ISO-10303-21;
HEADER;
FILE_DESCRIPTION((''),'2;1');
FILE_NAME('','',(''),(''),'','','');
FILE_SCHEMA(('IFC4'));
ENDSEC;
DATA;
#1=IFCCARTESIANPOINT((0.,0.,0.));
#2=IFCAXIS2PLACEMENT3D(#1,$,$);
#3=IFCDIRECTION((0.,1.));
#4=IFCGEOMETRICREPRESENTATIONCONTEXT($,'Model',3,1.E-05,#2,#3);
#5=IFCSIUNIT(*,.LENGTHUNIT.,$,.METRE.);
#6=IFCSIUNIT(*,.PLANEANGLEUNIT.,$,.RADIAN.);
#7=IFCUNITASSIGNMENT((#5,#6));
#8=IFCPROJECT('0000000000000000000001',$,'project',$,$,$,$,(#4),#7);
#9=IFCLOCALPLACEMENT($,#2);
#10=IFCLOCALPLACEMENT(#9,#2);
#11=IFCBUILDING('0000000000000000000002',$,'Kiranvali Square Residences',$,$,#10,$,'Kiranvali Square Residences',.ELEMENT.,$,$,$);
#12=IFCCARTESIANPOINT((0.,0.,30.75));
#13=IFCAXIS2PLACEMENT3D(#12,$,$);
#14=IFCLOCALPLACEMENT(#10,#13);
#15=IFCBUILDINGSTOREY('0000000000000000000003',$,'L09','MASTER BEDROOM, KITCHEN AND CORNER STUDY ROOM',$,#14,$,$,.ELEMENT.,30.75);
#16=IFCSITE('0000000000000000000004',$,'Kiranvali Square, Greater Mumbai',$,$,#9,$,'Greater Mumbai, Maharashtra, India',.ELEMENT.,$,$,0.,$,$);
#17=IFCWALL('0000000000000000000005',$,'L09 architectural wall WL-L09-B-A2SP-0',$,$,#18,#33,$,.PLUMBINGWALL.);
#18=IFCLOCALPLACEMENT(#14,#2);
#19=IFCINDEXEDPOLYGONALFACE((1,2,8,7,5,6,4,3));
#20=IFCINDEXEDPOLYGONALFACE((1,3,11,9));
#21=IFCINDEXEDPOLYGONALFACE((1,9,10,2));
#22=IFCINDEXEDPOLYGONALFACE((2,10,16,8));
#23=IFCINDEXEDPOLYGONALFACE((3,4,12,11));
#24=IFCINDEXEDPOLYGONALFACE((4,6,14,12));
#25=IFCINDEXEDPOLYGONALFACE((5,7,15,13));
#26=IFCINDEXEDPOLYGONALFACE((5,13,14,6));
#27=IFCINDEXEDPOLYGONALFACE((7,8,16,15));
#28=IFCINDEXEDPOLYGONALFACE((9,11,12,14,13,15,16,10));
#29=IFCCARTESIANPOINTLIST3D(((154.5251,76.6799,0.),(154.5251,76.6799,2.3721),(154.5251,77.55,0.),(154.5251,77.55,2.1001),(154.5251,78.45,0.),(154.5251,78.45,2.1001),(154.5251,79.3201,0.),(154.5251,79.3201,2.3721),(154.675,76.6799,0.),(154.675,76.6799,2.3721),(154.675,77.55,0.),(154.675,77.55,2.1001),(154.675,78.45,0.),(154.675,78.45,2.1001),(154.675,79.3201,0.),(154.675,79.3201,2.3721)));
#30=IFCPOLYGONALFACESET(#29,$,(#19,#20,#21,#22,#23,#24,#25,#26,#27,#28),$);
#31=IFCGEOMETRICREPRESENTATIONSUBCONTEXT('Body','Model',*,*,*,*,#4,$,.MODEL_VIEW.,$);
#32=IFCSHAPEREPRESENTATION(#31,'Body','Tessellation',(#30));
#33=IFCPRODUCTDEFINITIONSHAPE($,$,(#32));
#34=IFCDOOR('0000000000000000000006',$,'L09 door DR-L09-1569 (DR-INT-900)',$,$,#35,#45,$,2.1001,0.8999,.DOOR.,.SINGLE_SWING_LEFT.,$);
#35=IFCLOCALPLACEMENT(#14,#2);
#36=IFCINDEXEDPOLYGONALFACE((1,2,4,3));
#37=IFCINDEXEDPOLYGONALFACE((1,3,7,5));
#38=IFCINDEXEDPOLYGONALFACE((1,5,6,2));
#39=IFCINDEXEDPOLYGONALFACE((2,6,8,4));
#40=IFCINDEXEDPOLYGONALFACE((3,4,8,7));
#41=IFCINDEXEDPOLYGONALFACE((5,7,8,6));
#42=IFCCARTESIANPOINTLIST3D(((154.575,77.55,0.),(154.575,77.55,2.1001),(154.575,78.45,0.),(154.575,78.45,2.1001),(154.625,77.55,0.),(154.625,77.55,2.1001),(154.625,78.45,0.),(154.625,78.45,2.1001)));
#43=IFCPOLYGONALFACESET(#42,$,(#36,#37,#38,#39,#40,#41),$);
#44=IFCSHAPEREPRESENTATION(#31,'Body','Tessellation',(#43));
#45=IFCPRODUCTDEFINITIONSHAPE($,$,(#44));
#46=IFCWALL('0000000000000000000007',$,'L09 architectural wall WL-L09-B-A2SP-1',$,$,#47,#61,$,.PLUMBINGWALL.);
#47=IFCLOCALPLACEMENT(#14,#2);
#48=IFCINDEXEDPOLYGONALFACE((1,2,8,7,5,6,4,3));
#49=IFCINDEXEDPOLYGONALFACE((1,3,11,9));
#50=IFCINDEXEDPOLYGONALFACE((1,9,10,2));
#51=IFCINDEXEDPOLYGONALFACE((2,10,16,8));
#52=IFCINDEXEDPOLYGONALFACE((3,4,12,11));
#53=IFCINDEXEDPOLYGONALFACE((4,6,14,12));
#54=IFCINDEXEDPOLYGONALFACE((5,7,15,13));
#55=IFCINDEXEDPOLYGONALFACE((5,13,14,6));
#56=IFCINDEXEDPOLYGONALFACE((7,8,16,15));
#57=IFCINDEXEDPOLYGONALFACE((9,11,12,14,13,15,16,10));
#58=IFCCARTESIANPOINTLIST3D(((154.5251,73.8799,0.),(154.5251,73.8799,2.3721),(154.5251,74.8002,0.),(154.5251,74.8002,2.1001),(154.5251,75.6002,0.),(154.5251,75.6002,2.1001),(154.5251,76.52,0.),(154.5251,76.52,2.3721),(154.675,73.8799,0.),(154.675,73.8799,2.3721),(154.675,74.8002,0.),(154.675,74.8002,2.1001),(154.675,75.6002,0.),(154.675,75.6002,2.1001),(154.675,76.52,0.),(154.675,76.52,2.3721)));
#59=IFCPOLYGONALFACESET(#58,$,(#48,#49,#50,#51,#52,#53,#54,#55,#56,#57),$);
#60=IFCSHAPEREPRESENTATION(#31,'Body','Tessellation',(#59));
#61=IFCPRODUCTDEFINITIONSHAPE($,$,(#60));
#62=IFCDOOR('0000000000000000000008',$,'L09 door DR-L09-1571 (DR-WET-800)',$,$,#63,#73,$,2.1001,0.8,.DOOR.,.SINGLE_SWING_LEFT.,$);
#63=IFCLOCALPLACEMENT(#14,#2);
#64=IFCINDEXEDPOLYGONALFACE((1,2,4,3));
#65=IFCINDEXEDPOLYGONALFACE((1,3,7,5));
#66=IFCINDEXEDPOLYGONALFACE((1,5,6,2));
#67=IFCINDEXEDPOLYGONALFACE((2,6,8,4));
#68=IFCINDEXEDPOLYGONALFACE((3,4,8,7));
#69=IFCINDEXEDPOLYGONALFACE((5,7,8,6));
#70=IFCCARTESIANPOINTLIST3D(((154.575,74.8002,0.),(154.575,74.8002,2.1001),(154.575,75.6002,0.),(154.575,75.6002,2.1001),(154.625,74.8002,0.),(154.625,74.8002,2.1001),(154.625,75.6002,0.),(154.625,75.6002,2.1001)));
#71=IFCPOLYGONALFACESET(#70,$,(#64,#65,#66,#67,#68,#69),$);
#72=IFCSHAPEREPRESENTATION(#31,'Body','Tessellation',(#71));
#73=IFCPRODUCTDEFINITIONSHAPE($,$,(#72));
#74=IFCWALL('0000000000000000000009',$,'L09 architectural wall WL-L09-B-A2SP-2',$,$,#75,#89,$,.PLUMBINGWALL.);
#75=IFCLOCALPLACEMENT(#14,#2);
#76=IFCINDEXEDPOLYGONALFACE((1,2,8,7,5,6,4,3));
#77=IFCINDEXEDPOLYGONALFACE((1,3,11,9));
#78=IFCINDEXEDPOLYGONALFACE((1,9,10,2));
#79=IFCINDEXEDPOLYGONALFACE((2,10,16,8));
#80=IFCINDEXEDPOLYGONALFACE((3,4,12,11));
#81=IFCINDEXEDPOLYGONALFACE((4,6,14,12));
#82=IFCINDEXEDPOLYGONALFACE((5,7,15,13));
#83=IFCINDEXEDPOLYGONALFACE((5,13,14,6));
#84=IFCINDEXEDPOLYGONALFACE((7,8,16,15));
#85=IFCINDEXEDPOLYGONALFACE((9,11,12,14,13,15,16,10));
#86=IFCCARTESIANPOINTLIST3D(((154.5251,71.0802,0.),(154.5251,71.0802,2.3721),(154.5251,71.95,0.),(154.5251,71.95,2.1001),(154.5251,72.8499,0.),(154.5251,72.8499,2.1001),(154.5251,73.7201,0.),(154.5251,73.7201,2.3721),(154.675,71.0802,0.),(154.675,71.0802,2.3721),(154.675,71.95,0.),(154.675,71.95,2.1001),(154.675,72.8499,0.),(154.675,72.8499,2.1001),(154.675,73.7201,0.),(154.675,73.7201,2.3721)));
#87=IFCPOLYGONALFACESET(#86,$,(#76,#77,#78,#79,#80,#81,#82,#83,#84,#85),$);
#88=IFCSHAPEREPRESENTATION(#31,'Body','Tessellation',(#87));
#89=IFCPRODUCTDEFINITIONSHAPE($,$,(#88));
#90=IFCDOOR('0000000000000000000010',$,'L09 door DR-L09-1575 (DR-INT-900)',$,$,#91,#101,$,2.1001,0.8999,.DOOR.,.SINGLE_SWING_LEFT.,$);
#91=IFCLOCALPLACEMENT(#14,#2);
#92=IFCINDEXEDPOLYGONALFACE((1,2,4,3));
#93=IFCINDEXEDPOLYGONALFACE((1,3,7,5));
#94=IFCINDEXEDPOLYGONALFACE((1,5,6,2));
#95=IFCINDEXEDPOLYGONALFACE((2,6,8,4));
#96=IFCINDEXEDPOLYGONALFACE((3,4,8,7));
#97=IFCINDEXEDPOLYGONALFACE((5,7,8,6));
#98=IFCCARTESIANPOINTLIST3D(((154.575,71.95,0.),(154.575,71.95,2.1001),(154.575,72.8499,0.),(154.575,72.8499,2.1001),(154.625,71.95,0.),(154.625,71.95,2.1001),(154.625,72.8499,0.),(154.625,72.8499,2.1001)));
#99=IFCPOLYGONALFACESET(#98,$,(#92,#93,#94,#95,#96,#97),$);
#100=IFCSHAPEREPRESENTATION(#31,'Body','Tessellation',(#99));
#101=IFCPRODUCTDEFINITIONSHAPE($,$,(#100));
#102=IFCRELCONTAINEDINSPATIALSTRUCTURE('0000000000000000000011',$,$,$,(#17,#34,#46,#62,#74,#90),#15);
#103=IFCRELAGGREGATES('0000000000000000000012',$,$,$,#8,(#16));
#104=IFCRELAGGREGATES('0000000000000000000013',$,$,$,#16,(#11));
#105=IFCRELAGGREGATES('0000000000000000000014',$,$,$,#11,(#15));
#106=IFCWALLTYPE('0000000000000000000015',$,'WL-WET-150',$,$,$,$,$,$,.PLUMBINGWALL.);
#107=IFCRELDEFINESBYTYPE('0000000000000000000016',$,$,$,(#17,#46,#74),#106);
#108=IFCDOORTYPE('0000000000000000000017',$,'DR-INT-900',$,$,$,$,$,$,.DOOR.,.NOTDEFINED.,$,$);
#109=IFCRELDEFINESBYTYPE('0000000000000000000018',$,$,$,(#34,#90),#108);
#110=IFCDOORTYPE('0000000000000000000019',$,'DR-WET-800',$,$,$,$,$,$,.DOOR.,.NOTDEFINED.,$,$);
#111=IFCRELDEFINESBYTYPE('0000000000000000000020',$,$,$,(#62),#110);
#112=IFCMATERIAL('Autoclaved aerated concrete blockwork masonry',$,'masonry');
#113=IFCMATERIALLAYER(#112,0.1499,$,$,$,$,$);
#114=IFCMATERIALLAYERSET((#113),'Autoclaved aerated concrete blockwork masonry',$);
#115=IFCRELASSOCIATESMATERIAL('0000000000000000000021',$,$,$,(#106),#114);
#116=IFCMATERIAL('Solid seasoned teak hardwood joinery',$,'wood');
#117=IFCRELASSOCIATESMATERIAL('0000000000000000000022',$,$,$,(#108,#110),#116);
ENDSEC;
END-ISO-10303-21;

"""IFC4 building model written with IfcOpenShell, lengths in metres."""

from ifc_helpers import new_model, si_unit, direction, frame, frame_2d, origin, place, context, subcontext, project, spatial, rectangle, extrude, material, layer, layer_set, type_object, element, fill, save


model = new_model("IFC4")

# Units and contexts
model_context = context("Model", 3, precision=1e-05, world=origin(), true_north=direction((0.0, 1.0)))
body_context = subcontext(model_context, "Body", "Model", "MODEL_VIEW")
ifc_project = project(units=[si_unit("LENGTHUNIT", "METRE"), si_unit("PLANEANGLEUNIT", "RADIAN")], contexts=[model_context])

# Site, building, storey
site_placement = place(None, origin())
site = spatial("IfcSite", under=ifc_project, at=site_placement, Name="Kiranvali Square, Greater Mumbai", LongName="Greater Mumbai, Maharashtra, India", CompositionType="ELEMENT", RefElevation=0.0)
building_placement = place(site_placement, origin())
building = spatial("IfcBuilding", under=site, at=building_placement, Name="Kiranvali Square Residences", LongName="Kiranvali Square Residences", CompositionType="ELEMENT")
storey_placement = place(building_placement, frame((0.0, 0.0, 30.75)))
storey = spatial("IfcBuildingStorey", under=building, at=storey_placement, Name="L09", Description="MASTER BEDROOM, KITCHEN AND CORNER STUDY ROOM", CompositionType="ELEMENT", Elevation=30.75)

# Walls, openings, doors
ifc_material_1 = material(Name="Autoclaved aerated concrete blockwork masonry", Category="masonry")
ifc_layer_1 = layer(ifc_material_1, 0.1499)
ifc_layer_set_1 = layer_set([ifc_layer_1], Name="Autoclaved aerated concrete blockwork masonry")
wall_type_1 = type_object("IfcWallType", Name="WL-WET-150", PredefinedType="PLUMBINGWALL", material=ifc_layer_set_1)
wall_1_placement = place(storey_placement, frame((154.6001, 79.3201, 0.0), z_axis=(0.0, 0.0, 1.0), x_axis=(0.0, -1.0, 0.0)))
wall_1 = element("IfcWall", 1, at=wall_1_placement, inside=storey, type_object=wall_type_1, Name="L09 architectural wall WL-L09-B-A2SP-0", PredefinedType="PLUMBINGWALL", context=body_context, shape_type="SweptSolid", body=[
    extrude(rectangle(XDim=2.6401, YDim=0.1499, at=frame_2d((1.3201, 0.0))), origin(), (0.0, 0.0, 1.0), 2.3721),
])
opening_1_placement = place(wall_1_placement, frame((0.8701, 0.0, 0.0)))
opening_1 = element("IfcOpeningElement", 2, at=opening_1_placement, cuts=wall_1, PredefinedType="OPENING", context=body_context, shape_type="SweptSolid", body=[
    extrude(rectangle(XDim=0.8999, YDim=2.1001, at=frame_2d((0.45, 1.05))), frame((0.0, 0.085, 0.0), z_axis=(0.0, -1.0, 0.0), x_axis=(1.0, 0.0, 0.0)), (0.0, 0.0, 1.0), 0.1699),
])
ifc_material_2 = material(Name="Solid seasoned teak hardwood joinery", Category="wood")
door_type_1 = type_object("IfcDoorType", Name="DR-INT-900", OperationType="NOTDEFINED", PredefinedType="DOOR", material=ifc_material_2)
door_1_placement = place(opening_1_placement, origin())
door_1 = element("IfcDoor", 3, at=door_1_placement, inside=storey, type_object=door_type_1, Name="L09 door DR-L09-1569 (DR-INT-900)", OperationType="SINGLE_SWING_LEFT", OverallHeight=2.1001, OverallWidth=0.8999, PredefinedType="DOOR", context=body_context, shape_type="SweptSolid", body=[
    extrude(rectangle(XDim=0.8999, YDim=2.1001, at=frame_2d((0.45, 1.05))), frame((0.0, 0.0249, 0.0), z_axis=(0.0, -1.0, 0.0), x_axis=(1.0, 0.0, 0.0)), (0.0, 0.0, 1.0), 0.05),
])
fill(opening_1, door_1)
wall_2_placement = place(storey_placement, frame((154.6001, 76.52, 0.0), z_axis=(0.0, 0.0, 1.0), x_axis=(0.0, -1.0, 0.0)))
wall_2 = element("IfcWall", 4, at=wall_2_placement, inside=storey, type_object=wall_type_1, Name="L09 architectural wall WL-L09-B-A2SP-1", PredefinedType="PLUMBINGWALL", context=body_context, shape_type="SweptSolid", body=[
    extrude(rectangle(XDim=2.6401, YDim=0.1499, at=frame_2d((1.3201, 0.0))), origin(), (0.0, 0.0, 1.0), 2.3721),
])
opening_2_placement = place(wall_2_placement, frame((0.9199, 0.0, 0.0)))
opening_2 = element("IfcOpeningElement", 5, at=opening_2_placement, cuts=wall_2, PredefinedType="OPENING", context=body_context, shape_type="SweptSolid", body=[
    extrude(rectangle(XDim=0.8, YDim=2.1001, at=frame_2d((0.3999, 1.05))), frame((0.0, 0.085, 0.0), z_axis=(0.0, -1.0, 0.0), x_axis=(1.0, 0.0, 0.0)), (0.0, 0.0, 1.0), 0.1699),
])
door_type_2 = type_object("IfcDoorType", Name="DR-WET-800", OperationType="NOTDEFINED", PredefinedType="DOOR", material=ifc_material_2)
door_2_placement = place(opening_2_placement, origin())
door_2 = element("IfcDoor", 6, at=door_2_placement, inside=storey, type_object=door_type_2, Name="L09 door DR-L09-1571 (DR-WET-800)", OperationType="SINGLE_SWING_LEFT", OverallHeight=2.1001, OverallWidth=0.8, PredefinedType="DOOR", context=body_context, shape_type="SweptSolid", body=[
    extrude(rectangle(XDim=0.8, YDim=2.1001, at=frame_2d((0.3999, 1.05))), frame((0.0, 0.0249, 0.0), z_axis=(0.0, -1.0, 0.0), x_axis=(1.0, 0.0, 0.0)), (0.0, 0.0, 1.0), 0.05),
])
fill(opening_2, door_2)
wall_3_placement = place(storey_placement, frame((154.6001, 73.72, 0.0), z_axis=(0.0, 0.0, 1.0), x_axis=(0.0, -1.0, 0.0)))
wall_3 = element("IfcWall", 7, at=wall_3_placement, inside=storey, type_object=wall_type_1, Name="L09 architectural wall WL-L09-B-A2SP-2", PredefinedType="PLUMBINGWALL", context=body_context, shape_type="SweptSolid", body=[
    extrude(rectangle(XDim=2.6399, YDim=0.1499, at=frame_2d((1.3198, 0.0))), origin(), (0.0, 0.0, 1.0), 2.3721),
])
opening_3_placement = place(wall_3_placement, frame((0.8701, 0.0, 0.0)))
opening_3 = element("IfcOpeningElement", 8, at=opening_3_placement, cuts=wall_3, PredefinedType="OPENING", context=body_context, shape_type="SweptSolid", body=[
    extrude(rectangle(XDim=0.8999, YDim=2.1001, at=frame_2d((0.45, 1.05))), frame((0.0, 0.085, 0.0), z_axis=(0.0, -1.0, 0.0), x_axis=(1.0, 0.0, 0.0)), (0.0, 0.0, 1.0), 0.1699),
])
door_3_placement = place(opening_3_placement, origin())
door_3 = element("IfcDoor", 9, at=door_3_placement, inside=storey, type_object=door_type_1, Name="L09 door DR-L09-1575 (DR-INT-900)", OperationType="SINGLE_SWING_LEFT", OverallHeight=2.1001, OverallWidth=0.8999, PredefinedType="DOOR", context=body_context, shape_type="SweptSolid", body=[
    extrude(rectangle(XDim=0.8999, YDim=2.1001, at=frame_2d((0.45, 1.05))), frame((0.0, 0.0249, 0.0), z_axis=(0.0, -1.0, 0.0), x_axis=(1.0, 0.0, 0.0)), (0.0, 0.0, 1.0), 0.05),
])
fill(opening_3, door_3)

save(model, "model.ifc")
